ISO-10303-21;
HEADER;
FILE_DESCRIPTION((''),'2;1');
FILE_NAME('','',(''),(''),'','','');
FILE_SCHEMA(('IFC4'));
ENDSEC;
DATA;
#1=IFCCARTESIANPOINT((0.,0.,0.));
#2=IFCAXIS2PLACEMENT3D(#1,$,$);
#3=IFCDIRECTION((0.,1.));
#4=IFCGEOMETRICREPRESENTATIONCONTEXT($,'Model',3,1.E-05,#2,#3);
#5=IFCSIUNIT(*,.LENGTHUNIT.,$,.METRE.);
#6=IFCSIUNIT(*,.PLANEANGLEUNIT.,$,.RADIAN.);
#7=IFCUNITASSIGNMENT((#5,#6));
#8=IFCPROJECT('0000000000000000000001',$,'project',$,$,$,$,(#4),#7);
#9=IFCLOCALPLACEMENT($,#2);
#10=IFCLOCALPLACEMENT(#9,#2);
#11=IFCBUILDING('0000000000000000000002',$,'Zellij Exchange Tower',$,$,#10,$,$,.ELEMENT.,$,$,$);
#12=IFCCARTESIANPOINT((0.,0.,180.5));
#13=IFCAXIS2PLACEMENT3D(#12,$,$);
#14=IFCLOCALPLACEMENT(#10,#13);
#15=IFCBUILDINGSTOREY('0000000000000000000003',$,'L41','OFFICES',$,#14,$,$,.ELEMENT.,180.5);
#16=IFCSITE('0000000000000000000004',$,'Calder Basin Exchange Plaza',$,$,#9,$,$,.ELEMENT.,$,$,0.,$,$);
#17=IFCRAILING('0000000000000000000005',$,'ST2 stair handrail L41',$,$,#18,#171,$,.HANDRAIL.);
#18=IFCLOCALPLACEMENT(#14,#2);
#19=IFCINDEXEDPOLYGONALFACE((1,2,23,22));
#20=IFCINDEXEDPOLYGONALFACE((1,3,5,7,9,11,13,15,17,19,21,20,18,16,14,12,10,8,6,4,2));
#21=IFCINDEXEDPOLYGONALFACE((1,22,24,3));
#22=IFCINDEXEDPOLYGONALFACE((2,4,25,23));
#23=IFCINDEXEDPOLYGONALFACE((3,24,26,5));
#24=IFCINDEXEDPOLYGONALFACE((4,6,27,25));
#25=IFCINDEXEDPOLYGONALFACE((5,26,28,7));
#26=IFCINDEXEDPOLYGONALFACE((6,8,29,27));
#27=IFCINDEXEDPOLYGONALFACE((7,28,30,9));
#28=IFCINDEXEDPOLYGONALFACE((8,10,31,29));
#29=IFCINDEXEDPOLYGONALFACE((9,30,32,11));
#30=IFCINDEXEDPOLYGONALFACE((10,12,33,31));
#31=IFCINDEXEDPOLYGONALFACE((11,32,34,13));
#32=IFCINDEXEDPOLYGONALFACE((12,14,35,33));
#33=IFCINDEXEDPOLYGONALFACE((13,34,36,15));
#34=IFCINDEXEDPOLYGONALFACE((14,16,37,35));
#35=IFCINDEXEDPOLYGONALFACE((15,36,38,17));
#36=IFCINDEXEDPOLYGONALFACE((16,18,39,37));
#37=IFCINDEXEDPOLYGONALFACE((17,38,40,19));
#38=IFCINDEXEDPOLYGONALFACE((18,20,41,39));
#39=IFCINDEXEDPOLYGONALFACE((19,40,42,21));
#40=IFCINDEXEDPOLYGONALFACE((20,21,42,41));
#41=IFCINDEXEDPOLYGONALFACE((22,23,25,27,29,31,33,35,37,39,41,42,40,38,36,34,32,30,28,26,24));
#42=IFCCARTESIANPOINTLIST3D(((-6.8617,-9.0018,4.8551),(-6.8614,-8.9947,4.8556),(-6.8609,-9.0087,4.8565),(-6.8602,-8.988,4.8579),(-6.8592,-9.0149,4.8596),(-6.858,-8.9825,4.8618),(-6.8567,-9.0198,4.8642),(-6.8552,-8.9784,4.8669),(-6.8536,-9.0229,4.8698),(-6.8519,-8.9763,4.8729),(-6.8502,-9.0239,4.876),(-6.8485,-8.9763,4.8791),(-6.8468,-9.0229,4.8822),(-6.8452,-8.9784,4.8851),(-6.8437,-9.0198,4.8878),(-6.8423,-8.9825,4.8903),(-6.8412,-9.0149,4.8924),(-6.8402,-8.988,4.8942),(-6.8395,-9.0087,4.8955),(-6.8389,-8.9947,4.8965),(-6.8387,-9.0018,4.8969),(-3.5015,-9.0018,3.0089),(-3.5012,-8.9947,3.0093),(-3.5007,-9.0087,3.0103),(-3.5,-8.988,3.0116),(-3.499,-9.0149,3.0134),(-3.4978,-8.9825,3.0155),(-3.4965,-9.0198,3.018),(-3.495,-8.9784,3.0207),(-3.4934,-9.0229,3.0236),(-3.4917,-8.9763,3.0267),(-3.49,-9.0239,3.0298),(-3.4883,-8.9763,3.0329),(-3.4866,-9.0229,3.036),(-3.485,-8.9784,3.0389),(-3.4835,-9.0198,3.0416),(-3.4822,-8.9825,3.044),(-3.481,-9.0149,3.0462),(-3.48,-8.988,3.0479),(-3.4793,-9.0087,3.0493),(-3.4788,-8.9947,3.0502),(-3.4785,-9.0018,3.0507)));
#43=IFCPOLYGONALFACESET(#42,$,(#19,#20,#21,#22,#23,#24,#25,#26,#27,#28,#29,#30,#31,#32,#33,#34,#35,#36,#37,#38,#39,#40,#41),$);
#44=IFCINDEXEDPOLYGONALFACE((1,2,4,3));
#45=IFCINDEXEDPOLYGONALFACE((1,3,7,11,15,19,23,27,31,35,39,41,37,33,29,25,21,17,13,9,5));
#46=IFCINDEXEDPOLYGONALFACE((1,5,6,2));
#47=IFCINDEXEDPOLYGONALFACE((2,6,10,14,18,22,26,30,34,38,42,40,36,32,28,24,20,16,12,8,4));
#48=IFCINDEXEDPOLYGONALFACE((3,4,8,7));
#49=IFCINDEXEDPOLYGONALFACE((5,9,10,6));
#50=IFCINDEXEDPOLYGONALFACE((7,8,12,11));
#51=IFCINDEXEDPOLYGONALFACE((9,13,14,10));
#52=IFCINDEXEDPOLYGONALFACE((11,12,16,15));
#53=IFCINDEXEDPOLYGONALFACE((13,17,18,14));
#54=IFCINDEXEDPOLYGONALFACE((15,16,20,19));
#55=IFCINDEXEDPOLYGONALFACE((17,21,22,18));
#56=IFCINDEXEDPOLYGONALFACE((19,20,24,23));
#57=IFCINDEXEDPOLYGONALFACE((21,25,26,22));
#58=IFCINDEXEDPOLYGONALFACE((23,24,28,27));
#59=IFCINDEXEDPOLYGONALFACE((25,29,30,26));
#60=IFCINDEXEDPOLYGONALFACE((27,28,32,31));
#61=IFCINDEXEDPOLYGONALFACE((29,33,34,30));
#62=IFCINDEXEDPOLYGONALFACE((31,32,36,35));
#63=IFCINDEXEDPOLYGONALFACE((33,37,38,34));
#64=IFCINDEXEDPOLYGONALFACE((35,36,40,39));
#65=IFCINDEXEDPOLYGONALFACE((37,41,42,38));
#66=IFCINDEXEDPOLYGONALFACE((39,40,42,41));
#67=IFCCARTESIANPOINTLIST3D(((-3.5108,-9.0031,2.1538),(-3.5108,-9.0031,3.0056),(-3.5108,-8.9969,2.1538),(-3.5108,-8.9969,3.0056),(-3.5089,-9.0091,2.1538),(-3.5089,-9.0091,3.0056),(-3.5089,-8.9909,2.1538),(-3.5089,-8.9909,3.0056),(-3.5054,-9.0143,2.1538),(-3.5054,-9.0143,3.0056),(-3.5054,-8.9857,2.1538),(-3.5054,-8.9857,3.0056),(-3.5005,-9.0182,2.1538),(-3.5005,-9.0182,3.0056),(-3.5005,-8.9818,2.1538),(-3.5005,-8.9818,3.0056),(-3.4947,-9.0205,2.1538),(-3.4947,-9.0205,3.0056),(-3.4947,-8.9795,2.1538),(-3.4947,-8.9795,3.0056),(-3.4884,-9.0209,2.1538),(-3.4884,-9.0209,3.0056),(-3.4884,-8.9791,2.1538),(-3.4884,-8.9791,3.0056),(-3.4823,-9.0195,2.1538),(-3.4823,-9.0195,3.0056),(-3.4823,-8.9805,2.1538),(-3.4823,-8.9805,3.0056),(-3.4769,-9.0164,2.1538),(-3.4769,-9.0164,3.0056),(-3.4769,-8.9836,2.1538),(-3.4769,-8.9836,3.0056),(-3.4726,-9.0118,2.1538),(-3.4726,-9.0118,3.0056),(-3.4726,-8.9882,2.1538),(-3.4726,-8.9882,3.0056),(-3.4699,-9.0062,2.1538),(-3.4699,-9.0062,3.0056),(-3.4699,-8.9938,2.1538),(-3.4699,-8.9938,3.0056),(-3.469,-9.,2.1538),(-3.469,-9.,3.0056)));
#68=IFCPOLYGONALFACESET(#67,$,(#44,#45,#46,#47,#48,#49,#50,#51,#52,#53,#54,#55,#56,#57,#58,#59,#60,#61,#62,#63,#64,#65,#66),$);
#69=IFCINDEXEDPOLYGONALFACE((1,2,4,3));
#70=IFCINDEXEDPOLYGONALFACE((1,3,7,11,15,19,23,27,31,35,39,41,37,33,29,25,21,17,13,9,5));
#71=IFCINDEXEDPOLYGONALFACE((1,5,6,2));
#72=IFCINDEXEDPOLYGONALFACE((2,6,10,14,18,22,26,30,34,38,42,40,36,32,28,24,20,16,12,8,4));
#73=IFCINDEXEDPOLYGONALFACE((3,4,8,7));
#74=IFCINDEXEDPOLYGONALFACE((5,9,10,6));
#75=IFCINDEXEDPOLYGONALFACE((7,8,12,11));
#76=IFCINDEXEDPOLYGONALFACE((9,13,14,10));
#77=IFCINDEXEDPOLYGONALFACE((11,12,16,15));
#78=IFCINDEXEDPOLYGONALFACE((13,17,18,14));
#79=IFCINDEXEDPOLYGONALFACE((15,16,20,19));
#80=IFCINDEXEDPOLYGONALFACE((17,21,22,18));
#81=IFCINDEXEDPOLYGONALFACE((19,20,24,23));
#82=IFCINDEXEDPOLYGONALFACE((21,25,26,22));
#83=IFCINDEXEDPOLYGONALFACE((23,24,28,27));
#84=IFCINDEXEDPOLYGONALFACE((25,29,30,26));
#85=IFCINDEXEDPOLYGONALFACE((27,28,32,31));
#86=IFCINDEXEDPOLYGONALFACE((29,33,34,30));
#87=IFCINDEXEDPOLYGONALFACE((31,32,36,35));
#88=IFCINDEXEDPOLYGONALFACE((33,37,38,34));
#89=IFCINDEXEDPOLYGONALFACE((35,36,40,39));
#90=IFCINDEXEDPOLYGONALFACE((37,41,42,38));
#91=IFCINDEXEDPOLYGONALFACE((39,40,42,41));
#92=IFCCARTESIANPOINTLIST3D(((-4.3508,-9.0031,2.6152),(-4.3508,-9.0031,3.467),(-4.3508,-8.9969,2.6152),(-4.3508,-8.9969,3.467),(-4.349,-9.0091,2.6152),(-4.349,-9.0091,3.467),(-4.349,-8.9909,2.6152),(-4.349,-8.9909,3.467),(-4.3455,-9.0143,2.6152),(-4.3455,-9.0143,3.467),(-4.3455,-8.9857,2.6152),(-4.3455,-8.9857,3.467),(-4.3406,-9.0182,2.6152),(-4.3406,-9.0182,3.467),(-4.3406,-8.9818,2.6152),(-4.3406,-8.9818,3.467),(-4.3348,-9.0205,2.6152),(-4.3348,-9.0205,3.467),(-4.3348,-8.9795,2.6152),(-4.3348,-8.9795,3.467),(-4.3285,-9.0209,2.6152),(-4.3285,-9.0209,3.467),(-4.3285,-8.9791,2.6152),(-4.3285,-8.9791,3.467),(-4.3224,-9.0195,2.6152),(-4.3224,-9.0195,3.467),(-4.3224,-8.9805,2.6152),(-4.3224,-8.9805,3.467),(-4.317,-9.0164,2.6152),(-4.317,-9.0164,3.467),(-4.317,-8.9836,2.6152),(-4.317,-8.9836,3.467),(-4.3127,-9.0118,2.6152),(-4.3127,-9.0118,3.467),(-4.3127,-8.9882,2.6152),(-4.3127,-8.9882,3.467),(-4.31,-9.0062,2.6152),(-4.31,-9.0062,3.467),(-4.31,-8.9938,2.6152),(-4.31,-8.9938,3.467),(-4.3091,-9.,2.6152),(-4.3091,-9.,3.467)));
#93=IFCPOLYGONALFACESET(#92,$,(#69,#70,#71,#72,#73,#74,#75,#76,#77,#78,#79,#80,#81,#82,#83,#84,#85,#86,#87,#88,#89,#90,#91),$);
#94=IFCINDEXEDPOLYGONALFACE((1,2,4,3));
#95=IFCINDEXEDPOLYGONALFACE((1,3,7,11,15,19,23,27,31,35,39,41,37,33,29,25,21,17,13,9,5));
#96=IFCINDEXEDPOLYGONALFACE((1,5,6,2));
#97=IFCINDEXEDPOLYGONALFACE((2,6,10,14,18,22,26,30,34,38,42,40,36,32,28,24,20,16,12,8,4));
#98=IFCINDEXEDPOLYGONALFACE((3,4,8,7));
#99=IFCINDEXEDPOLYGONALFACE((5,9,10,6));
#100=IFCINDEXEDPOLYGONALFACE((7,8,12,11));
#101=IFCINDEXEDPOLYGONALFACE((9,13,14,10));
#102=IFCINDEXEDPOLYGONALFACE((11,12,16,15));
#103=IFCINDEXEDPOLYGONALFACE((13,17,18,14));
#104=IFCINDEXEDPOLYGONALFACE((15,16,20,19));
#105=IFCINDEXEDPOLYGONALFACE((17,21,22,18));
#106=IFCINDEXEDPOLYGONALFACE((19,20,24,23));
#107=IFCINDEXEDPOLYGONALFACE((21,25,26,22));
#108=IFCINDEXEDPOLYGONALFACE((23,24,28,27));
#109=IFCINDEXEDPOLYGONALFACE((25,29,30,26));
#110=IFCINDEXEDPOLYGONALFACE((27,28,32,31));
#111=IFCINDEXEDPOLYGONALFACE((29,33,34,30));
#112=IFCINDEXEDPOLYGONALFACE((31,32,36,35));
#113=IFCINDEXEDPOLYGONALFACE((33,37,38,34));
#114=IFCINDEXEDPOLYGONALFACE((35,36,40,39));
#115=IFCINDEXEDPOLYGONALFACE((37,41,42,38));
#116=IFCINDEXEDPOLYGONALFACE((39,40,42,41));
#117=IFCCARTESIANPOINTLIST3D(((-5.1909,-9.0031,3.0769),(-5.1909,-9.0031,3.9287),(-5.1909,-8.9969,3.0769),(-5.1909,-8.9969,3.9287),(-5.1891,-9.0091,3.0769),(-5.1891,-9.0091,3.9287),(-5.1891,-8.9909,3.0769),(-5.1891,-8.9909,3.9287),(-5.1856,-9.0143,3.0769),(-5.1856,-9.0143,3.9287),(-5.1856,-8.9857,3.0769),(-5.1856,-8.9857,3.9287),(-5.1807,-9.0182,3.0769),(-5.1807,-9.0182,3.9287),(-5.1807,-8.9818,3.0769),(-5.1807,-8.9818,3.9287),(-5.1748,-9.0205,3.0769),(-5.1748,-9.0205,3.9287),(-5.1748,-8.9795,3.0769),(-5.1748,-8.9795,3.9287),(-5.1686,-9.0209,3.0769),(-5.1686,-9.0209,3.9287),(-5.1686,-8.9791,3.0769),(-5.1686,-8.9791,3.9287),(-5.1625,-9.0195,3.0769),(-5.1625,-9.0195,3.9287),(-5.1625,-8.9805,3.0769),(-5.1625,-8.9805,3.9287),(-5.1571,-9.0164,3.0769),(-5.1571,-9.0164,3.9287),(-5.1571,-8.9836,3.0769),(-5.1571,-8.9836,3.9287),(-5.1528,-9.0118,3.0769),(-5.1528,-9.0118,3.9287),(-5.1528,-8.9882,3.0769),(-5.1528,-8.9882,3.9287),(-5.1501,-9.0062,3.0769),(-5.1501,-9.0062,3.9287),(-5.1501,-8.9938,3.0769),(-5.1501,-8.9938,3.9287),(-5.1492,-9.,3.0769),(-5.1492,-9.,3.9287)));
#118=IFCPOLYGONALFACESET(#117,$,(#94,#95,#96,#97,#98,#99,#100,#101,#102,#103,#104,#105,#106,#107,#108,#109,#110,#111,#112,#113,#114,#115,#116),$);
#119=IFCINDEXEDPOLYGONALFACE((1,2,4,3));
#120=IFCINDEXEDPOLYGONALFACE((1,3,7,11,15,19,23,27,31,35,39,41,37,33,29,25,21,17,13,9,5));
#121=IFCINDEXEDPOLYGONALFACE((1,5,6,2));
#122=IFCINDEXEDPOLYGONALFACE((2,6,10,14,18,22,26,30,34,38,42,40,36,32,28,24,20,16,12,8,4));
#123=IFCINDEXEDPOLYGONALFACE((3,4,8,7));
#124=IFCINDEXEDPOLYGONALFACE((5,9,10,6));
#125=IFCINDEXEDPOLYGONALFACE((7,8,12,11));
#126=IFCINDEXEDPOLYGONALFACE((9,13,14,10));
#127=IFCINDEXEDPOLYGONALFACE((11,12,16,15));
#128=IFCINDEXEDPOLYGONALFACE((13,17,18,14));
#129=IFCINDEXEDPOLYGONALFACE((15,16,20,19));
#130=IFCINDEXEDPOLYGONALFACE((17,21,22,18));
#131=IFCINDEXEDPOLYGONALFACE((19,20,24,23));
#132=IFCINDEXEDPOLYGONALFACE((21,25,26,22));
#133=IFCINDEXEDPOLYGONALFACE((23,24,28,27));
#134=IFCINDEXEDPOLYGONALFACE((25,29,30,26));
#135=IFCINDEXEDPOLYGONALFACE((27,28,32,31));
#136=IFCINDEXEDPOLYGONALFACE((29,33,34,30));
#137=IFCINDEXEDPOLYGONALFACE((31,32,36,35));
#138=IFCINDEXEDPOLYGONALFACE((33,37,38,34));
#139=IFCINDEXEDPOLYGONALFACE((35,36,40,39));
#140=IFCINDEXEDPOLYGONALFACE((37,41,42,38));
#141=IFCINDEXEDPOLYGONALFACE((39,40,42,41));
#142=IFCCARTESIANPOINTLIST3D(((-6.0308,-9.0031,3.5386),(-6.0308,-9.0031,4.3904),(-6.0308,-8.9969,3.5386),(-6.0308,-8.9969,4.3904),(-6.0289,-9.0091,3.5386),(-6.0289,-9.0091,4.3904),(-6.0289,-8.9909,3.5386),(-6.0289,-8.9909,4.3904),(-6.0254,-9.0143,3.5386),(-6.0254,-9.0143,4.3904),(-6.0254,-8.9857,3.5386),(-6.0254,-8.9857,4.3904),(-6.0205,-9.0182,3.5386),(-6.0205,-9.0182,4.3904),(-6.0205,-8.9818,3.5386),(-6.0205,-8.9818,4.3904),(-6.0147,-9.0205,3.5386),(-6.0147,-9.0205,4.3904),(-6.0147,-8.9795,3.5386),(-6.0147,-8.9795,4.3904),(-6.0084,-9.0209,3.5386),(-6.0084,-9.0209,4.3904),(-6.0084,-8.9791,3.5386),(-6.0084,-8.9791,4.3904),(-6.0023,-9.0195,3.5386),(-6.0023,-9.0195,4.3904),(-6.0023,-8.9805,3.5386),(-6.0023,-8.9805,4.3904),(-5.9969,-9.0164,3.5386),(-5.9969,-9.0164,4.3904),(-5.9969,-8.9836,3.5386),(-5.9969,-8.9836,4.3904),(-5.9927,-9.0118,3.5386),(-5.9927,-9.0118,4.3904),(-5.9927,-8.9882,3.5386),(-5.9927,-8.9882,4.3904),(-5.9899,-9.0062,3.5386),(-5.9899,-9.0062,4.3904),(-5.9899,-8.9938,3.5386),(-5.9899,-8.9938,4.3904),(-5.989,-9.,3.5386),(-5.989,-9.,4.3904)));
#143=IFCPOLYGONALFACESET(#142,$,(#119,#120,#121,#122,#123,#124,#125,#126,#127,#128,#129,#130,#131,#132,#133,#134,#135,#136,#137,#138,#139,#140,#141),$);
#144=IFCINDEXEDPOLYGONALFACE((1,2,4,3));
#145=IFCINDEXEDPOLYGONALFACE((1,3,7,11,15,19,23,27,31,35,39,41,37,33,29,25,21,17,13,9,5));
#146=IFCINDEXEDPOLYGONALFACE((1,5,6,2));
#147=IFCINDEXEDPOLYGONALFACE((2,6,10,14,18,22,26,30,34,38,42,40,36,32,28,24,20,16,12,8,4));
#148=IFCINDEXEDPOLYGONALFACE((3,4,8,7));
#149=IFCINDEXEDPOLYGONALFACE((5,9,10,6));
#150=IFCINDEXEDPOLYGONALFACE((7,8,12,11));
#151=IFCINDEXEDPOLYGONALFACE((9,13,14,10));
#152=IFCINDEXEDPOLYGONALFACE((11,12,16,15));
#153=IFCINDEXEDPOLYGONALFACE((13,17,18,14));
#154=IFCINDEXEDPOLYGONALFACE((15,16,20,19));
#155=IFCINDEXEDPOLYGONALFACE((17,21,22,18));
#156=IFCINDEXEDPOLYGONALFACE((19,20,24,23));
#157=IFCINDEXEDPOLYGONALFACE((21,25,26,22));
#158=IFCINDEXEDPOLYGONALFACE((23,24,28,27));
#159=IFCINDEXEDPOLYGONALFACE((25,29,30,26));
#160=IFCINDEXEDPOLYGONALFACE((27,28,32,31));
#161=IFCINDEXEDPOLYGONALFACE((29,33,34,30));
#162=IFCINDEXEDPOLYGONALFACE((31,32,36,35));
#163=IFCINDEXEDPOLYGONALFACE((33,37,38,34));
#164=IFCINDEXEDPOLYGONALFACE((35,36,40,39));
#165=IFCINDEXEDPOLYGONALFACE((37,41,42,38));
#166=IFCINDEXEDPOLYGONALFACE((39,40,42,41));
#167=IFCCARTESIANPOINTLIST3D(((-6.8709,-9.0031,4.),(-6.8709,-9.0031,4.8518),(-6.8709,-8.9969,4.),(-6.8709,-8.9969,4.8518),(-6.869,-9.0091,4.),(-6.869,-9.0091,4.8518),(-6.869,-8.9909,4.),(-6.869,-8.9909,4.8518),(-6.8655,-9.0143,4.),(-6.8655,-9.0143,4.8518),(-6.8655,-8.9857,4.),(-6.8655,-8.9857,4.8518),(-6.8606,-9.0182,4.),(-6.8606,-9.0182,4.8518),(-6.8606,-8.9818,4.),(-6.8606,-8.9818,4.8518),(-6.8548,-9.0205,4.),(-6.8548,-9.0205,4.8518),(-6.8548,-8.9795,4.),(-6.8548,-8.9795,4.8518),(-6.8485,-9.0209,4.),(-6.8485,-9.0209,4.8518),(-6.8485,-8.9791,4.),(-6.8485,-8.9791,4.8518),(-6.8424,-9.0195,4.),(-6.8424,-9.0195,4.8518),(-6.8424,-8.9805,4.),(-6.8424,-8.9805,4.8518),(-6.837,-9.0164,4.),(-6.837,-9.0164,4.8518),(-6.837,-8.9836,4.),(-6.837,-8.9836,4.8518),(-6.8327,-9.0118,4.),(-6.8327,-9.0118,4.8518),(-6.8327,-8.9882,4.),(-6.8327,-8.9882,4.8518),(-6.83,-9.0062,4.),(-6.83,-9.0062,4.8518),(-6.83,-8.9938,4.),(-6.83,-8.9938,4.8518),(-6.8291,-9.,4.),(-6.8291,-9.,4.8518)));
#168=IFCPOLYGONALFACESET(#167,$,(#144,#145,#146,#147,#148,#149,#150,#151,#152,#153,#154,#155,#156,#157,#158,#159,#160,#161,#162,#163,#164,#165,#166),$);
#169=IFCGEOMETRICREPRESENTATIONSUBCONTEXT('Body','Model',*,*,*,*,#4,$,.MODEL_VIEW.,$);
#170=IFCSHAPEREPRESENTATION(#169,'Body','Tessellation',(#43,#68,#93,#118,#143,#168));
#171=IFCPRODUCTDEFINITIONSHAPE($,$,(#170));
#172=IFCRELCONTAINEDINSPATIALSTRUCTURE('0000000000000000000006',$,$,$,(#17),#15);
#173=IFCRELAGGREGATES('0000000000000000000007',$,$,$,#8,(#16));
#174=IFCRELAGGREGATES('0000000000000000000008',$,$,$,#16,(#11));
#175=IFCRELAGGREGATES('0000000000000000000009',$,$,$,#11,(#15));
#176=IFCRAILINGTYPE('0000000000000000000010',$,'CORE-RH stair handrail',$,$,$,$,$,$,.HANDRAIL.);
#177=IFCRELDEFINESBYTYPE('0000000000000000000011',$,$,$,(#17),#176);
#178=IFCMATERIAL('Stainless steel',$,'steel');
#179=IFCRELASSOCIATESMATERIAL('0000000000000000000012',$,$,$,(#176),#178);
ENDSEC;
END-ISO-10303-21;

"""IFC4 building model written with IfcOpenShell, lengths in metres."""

from ifc_helpers import new_model, si_unit, direction, frame, origin, origin_2d, place, context, subcontext, project, spatial, circle, extrude, material, type_object, element, save


model = new_model("IFC4")

# Units and contexts
model_context = context("Model", 3, precision=1e-05, world=origin(), true_north=direction((0.0, 1.0)))
body_context = subcontext(model_context, "Body", "Model", "MODEL_VIEW")
ifc_project = project(units=[si_unit("LENGTHUNIT", "METRE"), si_unit("PLANEANGLEUNIT", "RADIAN")], contexts=[model_context])

# Site, building, storey
site_placement = place(None, origin())
site = spatial("IfcSite", under=ifc_project, at=site_placement, Name="Calder Basin Exchange Plaza", CompositionType="ELEMENT", RefElevation=0.0)
building_placement = place(site_placement, origin())
building = spatial("IfcBuilding", under=site, at=building_placement, Name="Zellij Exchange Tower", CompositionType="ELEMENT")
storey_placement = place(building_placement, frame((0.0, 0.0, 180.5)))
storey = spatial("IfcBuildingStorey", under=building, at=storey_placement, Name="L41", Description="OFFICES", CompositionType="ELEMENT", Elevation=180.5)

# Railing
ifc_material_1 = material(Name="Stainless steel", Category="steel")
railing_type_1 = type_object("IfcRailingType", Name="CORE-RH stair handrail", PredefinedType="HANDRAIL", material=ifc_material_1)
railing_1_placement = place(storey_placement, frame((-3.49, -9.0, 2.1538)))
element("IfcRailing", 1, at=railing_1_placement, inside=storey, type_object=railing_type_1, Name="ST2 stair handrail L41", PredefinedType="HANDRAIL", context=body_context, shape_type="SweptSolid", body=[
    extrude(circle(Radius=0.0239, at=origin_2d()), frame((0.0, 0.0, 0.876), z_axis=(-0.876422, 0.0, 0.481545), x_axis=(0.0, -1.0, 0.0)), (0.0, 0.0, 1.0), 3.834),
    extrude(circle(Radius=0.021, at=origin_2d()), origin(), (0.0, 0.0, 1.0), 0.8518),
    extrude(circle(Radius=0.021, at=origin_2d()), frame((-0.8401, 0.0, 0.4614)), (0.0, 0.0, 1.0), 0.8518),
    extrude(circle(Radius=0.021, at=origin_2d()), frame((-1.6802, 0.0, 0.9231)), (0.0, 0.0, 1.0), 0.8518),
    extrude(circle(Radius=0.021, at=origin_2d()), frame((-2.52, 0.0, 1.3848)), (0.0, 0.0, 1.0), 0.8518),
    extrude(circle(Radius=0.021, at=origin_2d()), frame((-3.3601, 0.0, 1.8462)), (0.0, 0.0, 1.0), 0.8518),
])

save(model, "model.ifc")
